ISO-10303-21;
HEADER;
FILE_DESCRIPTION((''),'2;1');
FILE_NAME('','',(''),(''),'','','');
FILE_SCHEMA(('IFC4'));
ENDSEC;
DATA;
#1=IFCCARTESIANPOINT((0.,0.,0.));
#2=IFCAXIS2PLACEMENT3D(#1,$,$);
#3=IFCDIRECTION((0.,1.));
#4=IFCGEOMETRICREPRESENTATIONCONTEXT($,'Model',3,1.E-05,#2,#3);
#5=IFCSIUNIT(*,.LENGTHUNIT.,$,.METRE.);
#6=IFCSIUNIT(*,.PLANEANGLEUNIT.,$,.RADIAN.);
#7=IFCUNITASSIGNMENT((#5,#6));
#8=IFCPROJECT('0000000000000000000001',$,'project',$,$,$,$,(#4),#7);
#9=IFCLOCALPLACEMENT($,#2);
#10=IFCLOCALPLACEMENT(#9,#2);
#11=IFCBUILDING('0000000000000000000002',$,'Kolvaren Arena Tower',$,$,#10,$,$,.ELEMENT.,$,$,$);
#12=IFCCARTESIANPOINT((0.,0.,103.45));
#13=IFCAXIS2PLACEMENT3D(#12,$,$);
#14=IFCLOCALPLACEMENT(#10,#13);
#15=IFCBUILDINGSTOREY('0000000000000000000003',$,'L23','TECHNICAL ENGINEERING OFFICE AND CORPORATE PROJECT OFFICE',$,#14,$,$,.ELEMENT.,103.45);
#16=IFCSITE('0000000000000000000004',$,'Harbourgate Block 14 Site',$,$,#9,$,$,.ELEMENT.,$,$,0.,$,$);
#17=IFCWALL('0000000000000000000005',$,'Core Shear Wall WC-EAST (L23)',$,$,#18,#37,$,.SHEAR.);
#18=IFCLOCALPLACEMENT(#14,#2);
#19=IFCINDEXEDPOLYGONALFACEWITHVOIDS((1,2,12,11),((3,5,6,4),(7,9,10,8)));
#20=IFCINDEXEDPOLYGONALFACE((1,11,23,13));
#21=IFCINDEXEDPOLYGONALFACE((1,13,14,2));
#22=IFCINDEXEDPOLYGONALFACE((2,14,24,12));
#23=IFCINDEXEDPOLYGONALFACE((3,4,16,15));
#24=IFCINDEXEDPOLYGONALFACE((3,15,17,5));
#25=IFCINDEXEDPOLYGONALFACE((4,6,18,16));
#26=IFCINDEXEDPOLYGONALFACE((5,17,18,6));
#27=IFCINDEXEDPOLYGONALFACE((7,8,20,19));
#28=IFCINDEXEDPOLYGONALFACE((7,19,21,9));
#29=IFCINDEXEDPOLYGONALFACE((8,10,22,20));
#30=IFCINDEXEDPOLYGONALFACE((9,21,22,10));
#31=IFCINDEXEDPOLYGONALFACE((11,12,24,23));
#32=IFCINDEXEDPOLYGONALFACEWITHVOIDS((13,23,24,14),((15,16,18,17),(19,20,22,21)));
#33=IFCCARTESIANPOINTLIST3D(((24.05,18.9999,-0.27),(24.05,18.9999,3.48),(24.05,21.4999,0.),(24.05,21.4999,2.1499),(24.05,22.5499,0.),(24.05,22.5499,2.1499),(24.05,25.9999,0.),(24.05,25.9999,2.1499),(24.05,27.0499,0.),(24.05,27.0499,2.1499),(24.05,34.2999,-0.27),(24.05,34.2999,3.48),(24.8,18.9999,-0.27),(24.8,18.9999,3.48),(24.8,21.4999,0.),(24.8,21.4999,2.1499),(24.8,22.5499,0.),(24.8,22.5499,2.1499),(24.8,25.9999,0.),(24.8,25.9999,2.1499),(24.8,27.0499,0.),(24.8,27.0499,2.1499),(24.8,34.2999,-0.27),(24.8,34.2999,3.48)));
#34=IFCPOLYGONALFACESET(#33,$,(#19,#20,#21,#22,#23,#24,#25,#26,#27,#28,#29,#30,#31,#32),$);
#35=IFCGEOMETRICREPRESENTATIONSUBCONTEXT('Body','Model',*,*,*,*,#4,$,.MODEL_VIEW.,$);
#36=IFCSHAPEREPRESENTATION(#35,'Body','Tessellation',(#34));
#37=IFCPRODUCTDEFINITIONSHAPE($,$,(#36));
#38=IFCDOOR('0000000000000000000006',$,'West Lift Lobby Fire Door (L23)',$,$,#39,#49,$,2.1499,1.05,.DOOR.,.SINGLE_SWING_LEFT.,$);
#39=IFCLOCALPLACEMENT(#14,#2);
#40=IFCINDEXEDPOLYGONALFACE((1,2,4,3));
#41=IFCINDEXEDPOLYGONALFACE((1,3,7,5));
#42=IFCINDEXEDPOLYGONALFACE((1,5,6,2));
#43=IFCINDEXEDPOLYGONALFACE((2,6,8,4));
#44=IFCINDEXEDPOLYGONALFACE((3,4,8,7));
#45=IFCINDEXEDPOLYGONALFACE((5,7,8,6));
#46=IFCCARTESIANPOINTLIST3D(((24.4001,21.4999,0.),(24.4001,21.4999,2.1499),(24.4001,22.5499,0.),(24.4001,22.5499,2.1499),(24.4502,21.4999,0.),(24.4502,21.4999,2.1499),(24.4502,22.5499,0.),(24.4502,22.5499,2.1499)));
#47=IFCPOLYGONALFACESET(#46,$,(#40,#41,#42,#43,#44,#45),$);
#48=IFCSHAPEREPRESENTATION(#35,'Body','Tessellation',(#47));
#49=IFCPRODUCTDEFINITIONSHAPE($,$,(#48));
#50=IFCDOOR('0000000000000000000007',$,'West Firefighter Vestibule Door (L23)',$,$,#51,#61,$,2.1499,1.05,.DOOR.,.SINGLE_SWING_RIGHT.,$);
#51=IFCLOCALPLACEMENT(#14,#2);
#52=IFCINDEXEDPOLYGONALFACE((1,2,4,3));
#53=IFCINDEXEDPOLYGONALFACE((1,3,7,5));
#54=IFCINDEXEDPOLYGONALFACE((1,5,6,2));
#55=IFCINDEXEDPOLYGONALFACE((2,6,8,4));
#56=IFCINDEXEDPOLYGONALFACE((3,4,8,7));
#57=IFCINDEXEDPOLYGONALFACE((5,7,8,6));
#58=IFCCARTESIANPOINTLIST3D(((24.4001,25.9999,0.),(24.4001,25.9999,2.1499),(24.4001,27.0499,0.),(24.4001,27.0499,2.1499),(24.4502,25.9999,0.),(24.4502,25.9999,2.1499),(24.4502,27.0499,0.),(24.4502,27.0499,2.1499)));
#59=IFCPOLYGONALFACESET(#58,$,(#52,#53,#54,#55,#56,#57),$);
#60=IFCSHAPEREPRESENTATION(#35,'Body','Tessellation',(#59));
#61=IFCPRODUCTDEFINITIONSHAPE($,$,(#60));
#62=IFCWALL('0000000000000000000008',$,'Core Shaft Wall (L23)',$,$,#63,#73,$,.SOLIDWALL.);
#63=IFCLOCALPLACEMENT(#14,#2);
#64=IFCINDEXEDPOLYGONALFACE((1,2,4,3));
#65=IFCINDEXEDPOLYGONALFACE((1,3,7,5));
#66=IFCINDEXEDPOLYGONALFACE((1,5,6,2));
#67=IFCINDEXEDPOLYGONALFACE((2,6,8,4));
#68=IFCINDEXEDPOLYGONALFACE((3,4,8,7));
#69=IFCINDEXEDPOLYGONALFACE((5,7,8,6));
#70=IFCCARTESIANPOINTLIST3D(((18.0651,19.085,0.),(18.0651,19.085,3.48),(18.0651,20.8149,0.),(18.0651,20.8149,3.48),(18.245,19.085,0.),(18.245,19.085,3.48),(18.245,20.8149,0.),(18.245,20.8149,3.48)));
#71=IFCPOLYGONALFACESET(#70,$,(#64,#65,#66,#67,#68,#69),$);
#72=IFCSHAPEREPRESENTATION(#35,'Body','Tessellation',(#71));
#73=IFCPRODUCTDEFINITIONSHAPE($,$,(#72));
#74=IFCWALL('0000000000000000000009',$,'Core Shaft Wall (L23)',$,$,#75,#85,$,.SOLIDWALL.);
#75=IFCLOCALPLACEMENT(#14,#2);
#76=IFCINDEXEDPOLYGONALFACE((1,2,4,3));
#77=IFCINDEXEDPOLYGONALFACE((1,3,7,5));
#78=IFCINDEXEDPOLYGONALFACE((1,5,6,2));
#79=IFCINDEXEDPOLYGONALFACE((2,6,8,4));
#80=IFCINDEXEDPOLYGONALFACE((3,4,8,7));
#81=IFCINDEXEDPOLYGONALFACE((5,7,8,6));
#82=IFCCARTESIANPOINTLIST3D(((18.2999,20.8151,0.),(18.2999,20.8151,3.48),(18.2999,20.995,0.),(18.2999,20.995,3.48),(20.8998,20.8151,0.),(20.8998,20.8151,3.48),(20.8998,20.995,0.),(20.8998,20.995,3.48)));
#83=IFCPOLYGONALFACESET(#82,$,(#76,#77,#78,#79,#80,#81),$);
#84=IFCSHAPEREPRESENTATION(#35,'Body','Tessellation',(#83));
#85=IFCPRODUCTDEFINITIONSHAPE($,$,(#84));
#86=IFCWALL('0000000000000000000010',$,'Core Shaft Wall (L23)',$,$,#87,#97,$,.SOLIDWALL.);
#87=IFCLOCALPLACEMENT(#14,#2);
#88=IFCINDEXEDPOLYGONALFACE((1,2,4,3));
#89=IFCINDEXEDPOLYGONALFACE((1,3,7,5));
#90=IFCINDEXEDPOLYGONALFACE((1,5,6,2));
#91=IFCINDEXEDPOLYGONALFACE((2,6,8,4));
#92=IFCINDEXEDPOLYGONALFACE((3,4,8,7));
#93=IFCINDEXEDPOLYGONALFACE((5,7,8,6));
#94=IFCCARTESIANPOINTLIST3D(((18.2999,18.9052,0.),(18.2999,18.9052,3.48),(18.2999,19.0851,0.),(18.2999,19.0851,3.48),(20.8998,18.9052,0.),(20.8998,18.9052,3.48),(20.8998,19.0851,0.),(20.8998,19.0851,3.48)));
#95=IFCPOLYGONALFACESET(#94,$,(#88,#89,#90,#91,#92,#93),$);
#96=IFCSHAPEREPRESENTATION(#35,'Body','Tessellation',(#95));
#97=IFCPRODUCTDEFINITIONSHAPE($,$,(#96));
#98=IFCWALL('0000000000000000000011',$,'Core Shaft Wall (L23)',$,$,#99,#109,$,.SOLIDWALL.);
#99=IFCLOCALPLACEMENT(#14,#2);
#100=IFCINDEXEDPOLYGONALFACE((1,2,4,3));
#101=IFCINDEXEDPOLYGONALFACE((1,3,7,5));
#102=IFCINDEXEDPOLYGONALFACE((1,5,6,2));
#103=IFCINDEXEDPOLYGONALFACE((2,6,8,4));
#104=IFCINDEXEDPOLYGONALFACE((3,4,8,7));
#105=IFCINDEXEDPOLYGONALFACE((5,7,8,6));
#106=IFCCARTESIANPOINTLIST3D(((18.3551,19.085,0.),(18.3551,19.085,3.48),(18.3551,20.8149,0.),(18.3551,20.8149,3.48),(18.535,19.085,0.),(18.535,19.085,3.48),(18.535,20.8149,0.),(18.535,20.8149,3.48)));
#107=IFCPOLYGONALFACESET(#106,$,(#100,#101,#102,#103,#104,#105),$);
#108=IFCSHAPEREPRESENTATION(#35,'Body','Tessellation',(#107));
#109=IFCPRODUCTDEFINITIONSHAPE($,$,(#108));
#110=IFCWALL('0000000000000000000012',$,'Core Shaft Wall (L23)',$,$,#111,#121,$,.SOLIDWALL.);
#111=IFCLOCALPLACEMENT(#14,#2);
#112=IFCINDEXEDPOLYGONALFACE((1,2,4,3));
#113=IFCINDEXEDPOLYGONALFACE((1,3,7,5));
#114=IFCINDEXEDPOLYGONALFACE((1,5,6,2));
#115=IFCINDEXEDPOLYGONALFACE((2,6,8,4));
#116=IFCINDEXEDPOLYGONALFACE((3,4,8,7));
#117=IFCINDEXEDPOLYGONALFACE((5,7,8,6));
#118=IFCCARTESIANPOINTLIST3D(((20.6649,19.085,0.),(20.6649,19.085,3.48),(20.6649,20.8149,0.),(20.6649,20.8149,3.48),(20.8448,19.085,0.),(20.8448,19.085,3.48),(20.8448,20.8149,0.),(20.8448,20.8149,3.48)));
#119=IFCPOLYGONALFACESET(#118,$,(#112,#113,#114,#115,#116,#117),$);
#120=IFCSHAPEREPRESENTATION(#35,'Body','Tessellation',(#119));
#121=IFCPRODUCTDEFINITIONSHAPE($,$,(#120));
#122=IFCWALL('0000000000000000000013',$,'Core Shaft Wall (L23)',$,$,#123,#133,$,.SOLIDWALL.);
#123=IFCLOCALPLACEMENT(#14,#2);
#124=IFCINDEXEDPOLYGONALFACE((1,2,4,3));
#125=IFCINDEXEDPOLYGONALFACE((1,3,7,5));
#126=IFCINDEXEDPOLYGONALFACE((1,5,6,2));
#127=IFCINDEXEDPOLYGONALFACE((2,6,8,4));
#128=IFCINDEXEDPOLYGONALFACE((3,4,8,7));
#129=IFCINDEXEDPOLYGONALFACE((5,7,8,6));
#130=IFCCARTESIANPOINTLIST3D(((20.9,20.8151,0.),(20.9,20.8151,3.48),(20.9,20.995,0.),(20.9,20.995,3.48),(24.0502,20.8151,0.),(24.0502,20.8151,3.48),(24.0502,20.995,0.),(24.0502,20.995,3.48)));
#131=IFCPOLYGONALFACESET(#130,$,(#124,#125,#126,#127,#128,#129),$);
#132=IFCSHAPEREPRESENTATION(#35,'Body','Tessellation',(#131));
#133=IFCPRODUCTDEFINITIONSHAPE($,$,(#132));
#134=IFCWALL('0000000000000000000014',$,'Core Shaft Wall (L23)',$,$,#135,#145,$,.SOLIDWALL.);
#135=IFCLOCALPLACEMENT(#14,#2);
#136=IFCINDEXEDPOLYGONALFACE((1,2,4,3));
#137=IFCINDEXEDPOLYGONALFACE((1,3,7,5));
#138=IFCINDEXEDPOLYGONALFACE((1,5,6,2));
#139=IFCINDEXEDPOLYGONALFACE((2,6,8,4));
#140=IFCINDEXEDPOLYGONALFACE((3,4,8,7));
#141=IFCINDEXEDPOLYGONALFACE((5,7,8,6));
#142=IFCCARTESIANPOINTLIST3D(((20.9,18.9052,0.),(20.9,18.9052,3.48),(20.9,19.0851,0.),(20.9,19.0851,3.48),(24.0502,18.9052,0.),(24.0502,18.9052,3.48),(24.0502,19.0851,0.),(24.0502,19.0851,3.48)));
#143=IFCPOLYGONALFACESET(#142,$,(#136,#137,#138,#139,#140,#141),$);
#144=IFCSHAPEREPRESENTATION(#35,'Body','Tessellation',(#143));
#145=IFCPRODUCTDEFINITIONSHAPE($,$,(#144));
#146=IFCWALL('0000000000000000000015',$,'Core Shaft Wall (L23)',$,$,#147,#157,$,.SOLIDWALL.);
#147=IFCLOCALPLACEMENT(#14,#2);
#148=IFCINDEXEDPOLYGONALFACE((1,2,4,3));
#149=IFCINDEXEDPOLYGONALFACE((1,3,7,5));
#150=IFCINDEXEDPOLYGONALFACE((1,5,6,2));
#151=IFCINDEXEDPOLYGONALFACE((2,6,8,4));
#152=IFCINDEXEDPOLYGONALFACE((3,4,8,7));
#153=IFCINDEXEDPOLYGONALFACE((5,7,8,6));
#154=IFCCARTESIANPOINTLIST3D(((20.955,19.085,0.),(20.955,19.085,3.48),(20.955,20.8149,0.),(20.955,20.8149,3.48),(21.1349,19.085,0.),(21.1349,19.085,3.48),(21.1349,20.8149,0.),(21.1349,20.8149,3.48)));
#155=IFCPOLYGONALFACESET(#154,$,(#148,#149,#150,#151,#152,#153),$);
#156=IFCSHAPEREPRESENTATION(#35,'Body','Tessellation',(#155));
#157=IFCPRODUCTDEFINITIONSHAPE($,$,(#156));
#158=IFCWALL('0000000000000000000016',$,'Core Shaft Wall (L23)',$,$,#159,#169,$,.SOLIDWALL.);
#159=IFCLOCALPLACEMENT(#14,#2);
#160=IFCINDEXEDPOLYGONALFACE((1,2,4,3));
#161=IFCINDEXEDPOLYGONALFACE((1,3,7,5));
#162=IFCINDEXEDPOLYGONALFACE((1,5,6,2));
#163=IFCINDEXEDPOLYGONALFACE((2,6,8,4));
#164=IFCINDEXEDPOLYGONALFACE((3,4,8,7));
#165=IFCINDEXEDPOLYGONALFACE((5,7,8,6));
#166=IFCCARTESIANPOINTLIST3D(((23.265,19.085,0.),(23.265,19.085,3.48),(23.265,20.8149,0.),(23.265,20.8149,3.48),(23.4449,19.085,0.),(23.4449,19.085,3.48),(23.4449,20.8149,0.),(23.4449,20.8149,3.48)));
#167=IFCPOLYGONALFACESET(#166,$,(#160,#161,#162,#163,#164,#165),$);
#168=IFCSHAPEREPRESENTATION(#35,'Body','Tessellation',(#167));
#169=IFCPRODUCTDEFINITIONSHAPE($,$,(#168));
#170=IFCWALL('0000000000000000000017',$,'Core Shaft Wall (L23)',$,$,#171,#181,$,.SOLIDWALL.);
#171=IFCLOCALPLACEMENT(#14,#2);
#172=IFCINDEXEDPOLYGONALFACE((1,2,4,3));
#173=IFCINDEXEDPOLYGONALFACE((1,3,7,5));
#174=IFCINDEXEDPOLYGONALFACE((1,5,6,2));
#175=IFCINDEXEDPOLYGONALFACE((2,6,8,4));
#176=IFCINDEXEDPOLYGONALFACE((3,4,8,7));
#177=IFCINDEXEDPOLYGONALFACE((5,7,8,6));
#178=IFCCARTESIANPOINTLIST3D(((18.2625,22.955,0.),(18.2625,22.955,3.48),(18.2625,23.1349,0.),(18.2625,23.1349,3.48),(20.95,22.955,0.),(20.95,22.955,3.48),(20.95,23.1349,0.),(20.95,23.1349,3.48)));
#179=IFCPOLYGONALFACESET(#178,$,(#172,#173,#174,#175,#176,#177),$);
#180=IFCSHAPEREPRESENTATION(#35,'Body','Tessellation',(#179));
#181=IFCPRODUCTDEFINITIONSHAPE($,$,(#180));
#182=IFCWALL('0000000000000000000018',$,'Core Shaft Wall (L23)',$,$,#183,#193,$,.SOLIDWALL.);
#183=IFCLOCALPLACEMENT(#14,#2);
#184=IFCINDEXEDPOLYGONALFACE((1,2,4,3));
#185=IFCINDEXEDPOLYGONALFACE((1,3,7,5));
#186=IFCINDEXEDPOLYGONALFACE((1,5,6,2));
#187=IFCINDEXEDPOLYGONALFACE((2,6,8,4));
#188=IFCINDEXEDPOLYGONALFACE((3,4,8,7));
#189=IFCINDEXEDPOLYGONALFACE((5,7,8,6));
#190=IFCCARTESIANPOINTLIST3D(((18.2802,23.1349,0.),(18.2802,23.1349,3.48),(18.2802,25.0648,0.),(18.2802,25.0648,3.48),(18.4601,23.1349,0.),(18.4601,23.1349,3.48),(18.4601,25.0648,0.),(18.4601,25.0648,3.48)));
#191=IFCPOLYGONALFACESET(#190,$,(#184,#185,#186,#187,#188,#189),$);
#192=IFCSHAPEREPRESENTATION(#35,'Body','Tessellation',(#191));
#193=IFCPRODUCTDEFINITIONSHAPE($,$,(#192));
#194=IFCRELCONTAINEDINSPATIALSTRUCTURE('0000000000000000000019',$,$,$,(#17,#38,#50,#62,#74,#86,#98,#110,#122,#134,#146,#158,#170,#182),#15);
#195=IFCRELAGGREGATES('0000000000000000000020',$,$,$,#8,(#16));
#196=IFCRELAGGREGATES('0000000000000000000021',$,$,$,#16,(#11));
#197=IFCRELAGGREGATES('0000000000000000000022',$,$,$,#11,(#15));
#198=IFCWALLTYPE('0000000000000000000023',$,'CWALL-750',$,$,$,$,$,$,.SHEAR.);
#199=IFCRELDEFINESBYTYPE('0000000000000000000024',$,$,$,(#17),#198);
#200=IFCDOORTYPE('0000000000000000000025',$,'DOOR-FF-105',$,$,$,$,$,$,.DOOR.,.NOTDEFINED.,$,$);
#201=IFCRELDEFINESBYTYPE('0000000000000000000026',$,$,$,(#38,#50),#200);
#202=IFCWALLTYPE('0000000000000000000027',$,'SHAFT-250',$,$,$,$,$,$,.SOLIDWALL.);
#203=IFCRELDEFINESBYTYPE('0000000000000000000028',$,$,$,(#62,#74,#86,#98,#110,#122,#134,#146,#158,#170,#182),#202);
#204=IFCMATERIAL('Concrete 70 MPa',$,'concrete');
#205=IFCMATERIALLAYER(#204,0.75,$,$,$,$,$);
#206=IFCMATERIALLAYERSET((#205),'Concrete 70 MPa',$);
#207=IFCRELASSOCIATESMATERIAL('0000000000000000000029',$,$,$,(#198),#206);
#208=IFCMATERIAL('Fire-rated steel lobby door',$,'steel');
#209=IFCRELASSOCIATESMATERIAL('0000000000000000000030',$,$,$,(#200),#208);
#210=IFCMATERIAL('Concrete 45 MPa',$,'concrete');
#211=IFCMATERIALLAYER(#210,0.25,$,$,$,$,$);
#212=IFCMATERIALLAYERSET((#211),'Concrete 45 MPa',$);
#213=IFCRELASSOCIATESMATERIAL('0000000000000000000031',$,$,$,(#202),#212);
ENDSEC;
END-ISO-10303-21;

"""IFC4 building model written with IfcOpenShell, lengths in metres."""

from ifc_helpers import new_model, si_unit, direction, frame, frame_2d, origin, place, context, subcontext, project, spatial, rectangle, extrude, material, layer, layer_set, type_object, element, fill, save


model = new_model("IFC4")

# Units and contexts
model_context = context("Model", 3, precision=1e-05, world=origin(), true_north=direction((0.0, 1.0)))
body_context = subcontext(model_context, "Body", "Model", "MODEL_VIEW")
ifc_project = project(units=[si_unit("LENGTHUNIT", "METRE"), si_unit("PLANEANGLEUNIT", "RADIAN")], contexts=[model_context])

# Site, building, storey
site_placement = place(None, origin())
site = spatial("IfcSite", under=ifc_project, at=site_placement, Name="Harbourgate Block 14 Site", CompositionType="ELEMENT", RefElevation=0.0)
building_placement = place(site_placement, origin())
building = spatial("IfcBuilding", under=site, at=building_placement, Name="Kolvaren Arena Tower", CompositionType="ELEMENT")
storey_placement = place(building_placement, frame((0.0, 0.0, 103.45)))
storey = spatial("IfcBuildingStorey", under=building, at=storey_placement, Name="L23", Description="TECHNICAL ENGINEERING OFFICE AND CORPORATE PROJECT OFFICE", CompositionType="ELEMENT", Elevation=103.45)

# Wall, openings, doors
ifc_material_1 = material(Name="Concrete 70 MPa", Category="concrete")
ifc_layer_1 = layer(ifc_material_1, 0.75)
ifc_layer_set_1 = layer_set([ifc_layer_1], Name="Concrete 70 MPa")
wall_type_1 = type_object("IfcWallType", Name="CWALL-750", PredefinedType="SHEAR", material=ifc_layer_set_1)
wall_1_placement = place(storey_placement, frame((24.425, 19.0, -0.27), z_axis=(0.0, 0.0, 1.0), x_axis=(0.0, 1.0, 0.0)))
wall_1 = element("IfcWall", 1, at=wall_1_placement, inside=storey, type_object=wall_type_1, Name="Core Shear Wall WC-EAST (L23)", PredefinedType="SHEAR", context=body_context, shape_type="SweptSolid", body=[
    extrude(rectangle(XDim=15.3, YDim=0.75, at=frame_2d((7.6499, 0.0))), origin(), (0.0, 0.0, 1.0), 3.75),
])
opening_1_placement = place(wall_1_placement, frame((2.5, 0.0, 0.27)))
opening_1 = element("IfcOpeningElement", 2, at=opening_1_placement, cuts=wall_1, PredefinedType="OPENING", context=body_context, shape_type="SweptSolid", body=[
    extrude(rectangle(XDim=1.05, YDim=2.1499, at=frame_2d((0.5249, 1.075))), frame((0.0, 0.385, 0.0), z_axis=(0.0, -1.0, 0.0), x_axis=(1.0, 0.0, 0.0)), (0.0, 0.0, 1.0), 0.77),
])
opening_2_placement = place(wall_1_placement, frame((7.0, 0.0, 0.27)))
opening_2 = element("IfcOpeningElement", 3, at=opening_2_placement, cuts=wall_1, PredefinedType="OPENING", context=body_context, shape_type="SweptSolid", body=[
    extrude(rectangle(XDim=1.05, YDim=2.1499, at=frame_2d((0.5249, 1.075))), frame((0.0, 0.385, 0.0), z_axis=(0.0, -1.0, 0.0), x_axis=(1.0, 0.0, 0.0)), (0.0, 0.0, 1.0), 0.77),
])
ifc_material_2 = material(Name="Fire-rated steel lobby door", Category="steel")
door_type = type_object("IfcDoorType", Name="DOOR-FF-105", OperationType="NOTDEFINED", PredefinedType="DOOR", material=ifc_material_2)
door_1_placement = place(opening_1_placement, origin())
door_1 = element("IfcDoor", 4, at=door_1_placement, inside=storey, type_object=door_type, Name="West Lift Lobby Fire Door (L23)", OperationType="SINGLE_SWING_LEFT", OverallHeight=2.1499, OverallWidth=1.05, PredefinedType="DOOR", context=body_context, shape_type="SweptSolid", body=[
    extrude(rectangle(XDim=1.05, YDim=2.1499, at=frame_2d((0.5249, 1.075))), frame((0.0, 0.0249, 0.0), z_axis=(0.0, -1.0, 0.0), x_axis=(1.0, 0.0, 0.0)), (0.0, 0.0, 1.0), 0.05),
])
fill(opening_1, door_1)
door_2_placement = place(opening_2_placement, origin())
door_2 = element("IfcDoor", 5, at=door_2_placement, inside=storey, type_object=door_type, Name="West Firefighter Vestibule Door (L23)", OperationType="SINGLE_SWING_RIGHT", OverallHeight=2.1499, OverallWidth=1.05, PredefinedType="DOOR", context=body_context, shape_type="SweptSolid", body=[
    extrude(rectangle(XDim=1.05, YDim=2.1499, at=frame_2d((0.5249, 1.075))), frame((0.0, 0.0249, 0.0), z_axis=(0.0, -1.0, 0.0), x_axis=(1.0, 0.0, 0.0)), (0.0, 0.0, 1.0), 0.05),
])
fill(opening_2, door_2)

# Walls
ifc_material_3 = material(Name="Concrete 45 MPa", Category="concrete")
ifc_layer_2 = layer(ifc_material_3, 0.25)
ifc_layer_set_2 = layer_set([ifc_layer_2], Name="Concrete 45 MPa")
wall_type_2 = type_object("IfcWallType", Name="SHAFT-250", PredefinedType="SOLIDWALL", material=ifc_layer_set_2)
wall_2_placement = place(storey_placement, frame((18.155, 19.085, 0.0), z_axis=(0.0, 0.0, 1.0), x_axis=(0.0, 1.0, 0.0)))
element("IfcWall", 6, at=wall_2_placement, inside=storey, type_object=wall_type_2, Name="Core Shaft Wall (L23)", PredefinedType="SOLIDWALL", context=body_context, shape_type="SweptSolid", body=[
    extrude(rectangle(XDim=1.73, YDim=0.1799, at=frame_2d((0.865, 0.0))), origin(), (0.0, 0.0, 1.0), 3.48),
])
for number, where, z_axis, x_axis, name in (
    (7, (18.3, 20.905, 0.0), (0.0, 0.0, 1.0), (1.0, 0.0, 0.0), "Core Shaft Wall (L23)"),
    (8, (18.3, 18.9951, 0.0), (0.0, 0.0, 1.0), (1.0, 0.0, 0.0), "Core Shaft Wall (L23)"),
):
    element("IfcWall", number, at=place(storey_placement, frame(where, z_axis=z_axis, x_axis=x_axis)), inside=storey, type_object=wall_type_2, Name=name, PredefinedType="SOLIDWALL", context=body_context, shape_type="SweptSolid", body=[
        extrude(rectangle(XDim=2.5999, YDim=0.1799, at=frame_2d((1.2998, 0.0))), origin(), (0.0, 0.0, 1.0), 3.48),
    ])
for number, where, z_axis, x_axis, name in (
    (9, (18.4451, 19.085, 0.0), (0.0, 0.0, 1.0), (0.0, 1.0, 0.0), "Core Shaft Wall (L23)"),
    (10, (20.7549, 19.085, 0.0), (0.0, 0.0, 1.0), (0.0, 1.0, 0.0), "Core Shaft Wall (L23)"),
):
    element("IfcWall", number, at=place(storey_placement, frame(where, z_axis=z_axis, x_axis=x_axis)), inside=storey, type_object=wall_type_2, Name=name, PredefinedType="SOLIDWALL", context=body_context, shape_type="SweptSolid", body=[
        extrude(rectangle(XDim=1.73, YDim=0.1799, at=frame_2d((0.865, 0.0))), origin(), (0.0, 0.0, 1.0), 3.48),
    ])
for number, where, z_axis, x_axis, name in (
    (11, (20.8999, 20.905, 0.0), (0.0, 0.0, 1.0), (1.0, 0.0, 0.0), "Core Shaft Wall (L23)"),
    (12, (20.8999, 18.9951, 0.0), (0.0, 0.0, 1.0), (1.0, 0.0, 0.0), "Core Shaft Wall (L23)"),
):
    element("IfcWall", number, at=place(storey_placement, frame(where, z_axis=z_axis, x_axis=x_axis)), inside=storey, type_object=wall_type_2, Name=name, PredefinedType="SOLIDWALL", context=body_context, shape_type="SweptSolid", body=[
        extrude(rectangle(XDim=3.1501, YDim=0.1799, at=frame_2d((1.5752, 0.0))), origin(), (0.0, 0.0, 1.0), 3.48),
    ])
for number, where, z_axis, x_axis, name in (
    (13, (21.0449, 19.085, 0.0), (0.0, 0.0, 1.0), (0.0, 1.0, 0.0), "Core Shaft Wall (L23)"),
    (14, (23.355, 19.085, 0.0), (0.0, 0.0, 1.0), (0.0, 1.0, 0.0), "Core Shaft Wall (L23)"),
):
    element("IfcWall", number, at=place(storey_placement, frame(where, z_axis=z_axis, x_axis=x_axis)), inside=storey, type_object=wall_type_2, Name=name, PredefinedType="SOLIDWALL", context=body_context, shape_type="SweptSolid", body=[
        extrude(rectangle(XDim=1.73, YDim=0.1799, at=frame_2d((0.865, 0.0))), origin(), (0.0, 0.0, 1.0), 3.48),
    ])
wall_3_placement = place(storey_placement, frame((18.2625, 23.0449, 0.0), z_axis=(0.0, 0.0, 1.0), x_axis=(1.0, 0.0, 0.0)))
element("IfcWall", 15, at=wall_3_placement, inside=storey, type_object=wall_type_2, Name="Core Shaft Wall (L23)", PredefinedType="SOLIDWALL", context=body_context, shape_type="SweptSolid", body=[
    extrude(rectangle(XDim=2.6875, YDim=0.1799, at=frame_2d((1.3438, 0.0))), origin(), (0.0, 0.0, 1.0), 3.48),
])
for number, where, z_axis, x_axis, name in (
    (16, (18.3701, 23.135, 0.0), (0.0, 0.0, 1.0), (0.0, 1.0, 0.0), "Core Shaft Wall (L23)"),
):
    element("IfcWall", number, at=place(storey_placement, frame(where, z_axis=z_axis, x_axis=x_axis)), inside=storey, type_object=wall_type_2, Name=name, PredefinedType="SOLIDWALL", context=body_context, shape_type="SweptSolid", body=[
        extrude(rectangle(XDim=1.9299, YDim=0.1799, at=frame_2d((0.9648, 0.0))), origin(), (0.0, 0.0, 1.0), 3.48),
    ])

save(model, "model.ifc")
